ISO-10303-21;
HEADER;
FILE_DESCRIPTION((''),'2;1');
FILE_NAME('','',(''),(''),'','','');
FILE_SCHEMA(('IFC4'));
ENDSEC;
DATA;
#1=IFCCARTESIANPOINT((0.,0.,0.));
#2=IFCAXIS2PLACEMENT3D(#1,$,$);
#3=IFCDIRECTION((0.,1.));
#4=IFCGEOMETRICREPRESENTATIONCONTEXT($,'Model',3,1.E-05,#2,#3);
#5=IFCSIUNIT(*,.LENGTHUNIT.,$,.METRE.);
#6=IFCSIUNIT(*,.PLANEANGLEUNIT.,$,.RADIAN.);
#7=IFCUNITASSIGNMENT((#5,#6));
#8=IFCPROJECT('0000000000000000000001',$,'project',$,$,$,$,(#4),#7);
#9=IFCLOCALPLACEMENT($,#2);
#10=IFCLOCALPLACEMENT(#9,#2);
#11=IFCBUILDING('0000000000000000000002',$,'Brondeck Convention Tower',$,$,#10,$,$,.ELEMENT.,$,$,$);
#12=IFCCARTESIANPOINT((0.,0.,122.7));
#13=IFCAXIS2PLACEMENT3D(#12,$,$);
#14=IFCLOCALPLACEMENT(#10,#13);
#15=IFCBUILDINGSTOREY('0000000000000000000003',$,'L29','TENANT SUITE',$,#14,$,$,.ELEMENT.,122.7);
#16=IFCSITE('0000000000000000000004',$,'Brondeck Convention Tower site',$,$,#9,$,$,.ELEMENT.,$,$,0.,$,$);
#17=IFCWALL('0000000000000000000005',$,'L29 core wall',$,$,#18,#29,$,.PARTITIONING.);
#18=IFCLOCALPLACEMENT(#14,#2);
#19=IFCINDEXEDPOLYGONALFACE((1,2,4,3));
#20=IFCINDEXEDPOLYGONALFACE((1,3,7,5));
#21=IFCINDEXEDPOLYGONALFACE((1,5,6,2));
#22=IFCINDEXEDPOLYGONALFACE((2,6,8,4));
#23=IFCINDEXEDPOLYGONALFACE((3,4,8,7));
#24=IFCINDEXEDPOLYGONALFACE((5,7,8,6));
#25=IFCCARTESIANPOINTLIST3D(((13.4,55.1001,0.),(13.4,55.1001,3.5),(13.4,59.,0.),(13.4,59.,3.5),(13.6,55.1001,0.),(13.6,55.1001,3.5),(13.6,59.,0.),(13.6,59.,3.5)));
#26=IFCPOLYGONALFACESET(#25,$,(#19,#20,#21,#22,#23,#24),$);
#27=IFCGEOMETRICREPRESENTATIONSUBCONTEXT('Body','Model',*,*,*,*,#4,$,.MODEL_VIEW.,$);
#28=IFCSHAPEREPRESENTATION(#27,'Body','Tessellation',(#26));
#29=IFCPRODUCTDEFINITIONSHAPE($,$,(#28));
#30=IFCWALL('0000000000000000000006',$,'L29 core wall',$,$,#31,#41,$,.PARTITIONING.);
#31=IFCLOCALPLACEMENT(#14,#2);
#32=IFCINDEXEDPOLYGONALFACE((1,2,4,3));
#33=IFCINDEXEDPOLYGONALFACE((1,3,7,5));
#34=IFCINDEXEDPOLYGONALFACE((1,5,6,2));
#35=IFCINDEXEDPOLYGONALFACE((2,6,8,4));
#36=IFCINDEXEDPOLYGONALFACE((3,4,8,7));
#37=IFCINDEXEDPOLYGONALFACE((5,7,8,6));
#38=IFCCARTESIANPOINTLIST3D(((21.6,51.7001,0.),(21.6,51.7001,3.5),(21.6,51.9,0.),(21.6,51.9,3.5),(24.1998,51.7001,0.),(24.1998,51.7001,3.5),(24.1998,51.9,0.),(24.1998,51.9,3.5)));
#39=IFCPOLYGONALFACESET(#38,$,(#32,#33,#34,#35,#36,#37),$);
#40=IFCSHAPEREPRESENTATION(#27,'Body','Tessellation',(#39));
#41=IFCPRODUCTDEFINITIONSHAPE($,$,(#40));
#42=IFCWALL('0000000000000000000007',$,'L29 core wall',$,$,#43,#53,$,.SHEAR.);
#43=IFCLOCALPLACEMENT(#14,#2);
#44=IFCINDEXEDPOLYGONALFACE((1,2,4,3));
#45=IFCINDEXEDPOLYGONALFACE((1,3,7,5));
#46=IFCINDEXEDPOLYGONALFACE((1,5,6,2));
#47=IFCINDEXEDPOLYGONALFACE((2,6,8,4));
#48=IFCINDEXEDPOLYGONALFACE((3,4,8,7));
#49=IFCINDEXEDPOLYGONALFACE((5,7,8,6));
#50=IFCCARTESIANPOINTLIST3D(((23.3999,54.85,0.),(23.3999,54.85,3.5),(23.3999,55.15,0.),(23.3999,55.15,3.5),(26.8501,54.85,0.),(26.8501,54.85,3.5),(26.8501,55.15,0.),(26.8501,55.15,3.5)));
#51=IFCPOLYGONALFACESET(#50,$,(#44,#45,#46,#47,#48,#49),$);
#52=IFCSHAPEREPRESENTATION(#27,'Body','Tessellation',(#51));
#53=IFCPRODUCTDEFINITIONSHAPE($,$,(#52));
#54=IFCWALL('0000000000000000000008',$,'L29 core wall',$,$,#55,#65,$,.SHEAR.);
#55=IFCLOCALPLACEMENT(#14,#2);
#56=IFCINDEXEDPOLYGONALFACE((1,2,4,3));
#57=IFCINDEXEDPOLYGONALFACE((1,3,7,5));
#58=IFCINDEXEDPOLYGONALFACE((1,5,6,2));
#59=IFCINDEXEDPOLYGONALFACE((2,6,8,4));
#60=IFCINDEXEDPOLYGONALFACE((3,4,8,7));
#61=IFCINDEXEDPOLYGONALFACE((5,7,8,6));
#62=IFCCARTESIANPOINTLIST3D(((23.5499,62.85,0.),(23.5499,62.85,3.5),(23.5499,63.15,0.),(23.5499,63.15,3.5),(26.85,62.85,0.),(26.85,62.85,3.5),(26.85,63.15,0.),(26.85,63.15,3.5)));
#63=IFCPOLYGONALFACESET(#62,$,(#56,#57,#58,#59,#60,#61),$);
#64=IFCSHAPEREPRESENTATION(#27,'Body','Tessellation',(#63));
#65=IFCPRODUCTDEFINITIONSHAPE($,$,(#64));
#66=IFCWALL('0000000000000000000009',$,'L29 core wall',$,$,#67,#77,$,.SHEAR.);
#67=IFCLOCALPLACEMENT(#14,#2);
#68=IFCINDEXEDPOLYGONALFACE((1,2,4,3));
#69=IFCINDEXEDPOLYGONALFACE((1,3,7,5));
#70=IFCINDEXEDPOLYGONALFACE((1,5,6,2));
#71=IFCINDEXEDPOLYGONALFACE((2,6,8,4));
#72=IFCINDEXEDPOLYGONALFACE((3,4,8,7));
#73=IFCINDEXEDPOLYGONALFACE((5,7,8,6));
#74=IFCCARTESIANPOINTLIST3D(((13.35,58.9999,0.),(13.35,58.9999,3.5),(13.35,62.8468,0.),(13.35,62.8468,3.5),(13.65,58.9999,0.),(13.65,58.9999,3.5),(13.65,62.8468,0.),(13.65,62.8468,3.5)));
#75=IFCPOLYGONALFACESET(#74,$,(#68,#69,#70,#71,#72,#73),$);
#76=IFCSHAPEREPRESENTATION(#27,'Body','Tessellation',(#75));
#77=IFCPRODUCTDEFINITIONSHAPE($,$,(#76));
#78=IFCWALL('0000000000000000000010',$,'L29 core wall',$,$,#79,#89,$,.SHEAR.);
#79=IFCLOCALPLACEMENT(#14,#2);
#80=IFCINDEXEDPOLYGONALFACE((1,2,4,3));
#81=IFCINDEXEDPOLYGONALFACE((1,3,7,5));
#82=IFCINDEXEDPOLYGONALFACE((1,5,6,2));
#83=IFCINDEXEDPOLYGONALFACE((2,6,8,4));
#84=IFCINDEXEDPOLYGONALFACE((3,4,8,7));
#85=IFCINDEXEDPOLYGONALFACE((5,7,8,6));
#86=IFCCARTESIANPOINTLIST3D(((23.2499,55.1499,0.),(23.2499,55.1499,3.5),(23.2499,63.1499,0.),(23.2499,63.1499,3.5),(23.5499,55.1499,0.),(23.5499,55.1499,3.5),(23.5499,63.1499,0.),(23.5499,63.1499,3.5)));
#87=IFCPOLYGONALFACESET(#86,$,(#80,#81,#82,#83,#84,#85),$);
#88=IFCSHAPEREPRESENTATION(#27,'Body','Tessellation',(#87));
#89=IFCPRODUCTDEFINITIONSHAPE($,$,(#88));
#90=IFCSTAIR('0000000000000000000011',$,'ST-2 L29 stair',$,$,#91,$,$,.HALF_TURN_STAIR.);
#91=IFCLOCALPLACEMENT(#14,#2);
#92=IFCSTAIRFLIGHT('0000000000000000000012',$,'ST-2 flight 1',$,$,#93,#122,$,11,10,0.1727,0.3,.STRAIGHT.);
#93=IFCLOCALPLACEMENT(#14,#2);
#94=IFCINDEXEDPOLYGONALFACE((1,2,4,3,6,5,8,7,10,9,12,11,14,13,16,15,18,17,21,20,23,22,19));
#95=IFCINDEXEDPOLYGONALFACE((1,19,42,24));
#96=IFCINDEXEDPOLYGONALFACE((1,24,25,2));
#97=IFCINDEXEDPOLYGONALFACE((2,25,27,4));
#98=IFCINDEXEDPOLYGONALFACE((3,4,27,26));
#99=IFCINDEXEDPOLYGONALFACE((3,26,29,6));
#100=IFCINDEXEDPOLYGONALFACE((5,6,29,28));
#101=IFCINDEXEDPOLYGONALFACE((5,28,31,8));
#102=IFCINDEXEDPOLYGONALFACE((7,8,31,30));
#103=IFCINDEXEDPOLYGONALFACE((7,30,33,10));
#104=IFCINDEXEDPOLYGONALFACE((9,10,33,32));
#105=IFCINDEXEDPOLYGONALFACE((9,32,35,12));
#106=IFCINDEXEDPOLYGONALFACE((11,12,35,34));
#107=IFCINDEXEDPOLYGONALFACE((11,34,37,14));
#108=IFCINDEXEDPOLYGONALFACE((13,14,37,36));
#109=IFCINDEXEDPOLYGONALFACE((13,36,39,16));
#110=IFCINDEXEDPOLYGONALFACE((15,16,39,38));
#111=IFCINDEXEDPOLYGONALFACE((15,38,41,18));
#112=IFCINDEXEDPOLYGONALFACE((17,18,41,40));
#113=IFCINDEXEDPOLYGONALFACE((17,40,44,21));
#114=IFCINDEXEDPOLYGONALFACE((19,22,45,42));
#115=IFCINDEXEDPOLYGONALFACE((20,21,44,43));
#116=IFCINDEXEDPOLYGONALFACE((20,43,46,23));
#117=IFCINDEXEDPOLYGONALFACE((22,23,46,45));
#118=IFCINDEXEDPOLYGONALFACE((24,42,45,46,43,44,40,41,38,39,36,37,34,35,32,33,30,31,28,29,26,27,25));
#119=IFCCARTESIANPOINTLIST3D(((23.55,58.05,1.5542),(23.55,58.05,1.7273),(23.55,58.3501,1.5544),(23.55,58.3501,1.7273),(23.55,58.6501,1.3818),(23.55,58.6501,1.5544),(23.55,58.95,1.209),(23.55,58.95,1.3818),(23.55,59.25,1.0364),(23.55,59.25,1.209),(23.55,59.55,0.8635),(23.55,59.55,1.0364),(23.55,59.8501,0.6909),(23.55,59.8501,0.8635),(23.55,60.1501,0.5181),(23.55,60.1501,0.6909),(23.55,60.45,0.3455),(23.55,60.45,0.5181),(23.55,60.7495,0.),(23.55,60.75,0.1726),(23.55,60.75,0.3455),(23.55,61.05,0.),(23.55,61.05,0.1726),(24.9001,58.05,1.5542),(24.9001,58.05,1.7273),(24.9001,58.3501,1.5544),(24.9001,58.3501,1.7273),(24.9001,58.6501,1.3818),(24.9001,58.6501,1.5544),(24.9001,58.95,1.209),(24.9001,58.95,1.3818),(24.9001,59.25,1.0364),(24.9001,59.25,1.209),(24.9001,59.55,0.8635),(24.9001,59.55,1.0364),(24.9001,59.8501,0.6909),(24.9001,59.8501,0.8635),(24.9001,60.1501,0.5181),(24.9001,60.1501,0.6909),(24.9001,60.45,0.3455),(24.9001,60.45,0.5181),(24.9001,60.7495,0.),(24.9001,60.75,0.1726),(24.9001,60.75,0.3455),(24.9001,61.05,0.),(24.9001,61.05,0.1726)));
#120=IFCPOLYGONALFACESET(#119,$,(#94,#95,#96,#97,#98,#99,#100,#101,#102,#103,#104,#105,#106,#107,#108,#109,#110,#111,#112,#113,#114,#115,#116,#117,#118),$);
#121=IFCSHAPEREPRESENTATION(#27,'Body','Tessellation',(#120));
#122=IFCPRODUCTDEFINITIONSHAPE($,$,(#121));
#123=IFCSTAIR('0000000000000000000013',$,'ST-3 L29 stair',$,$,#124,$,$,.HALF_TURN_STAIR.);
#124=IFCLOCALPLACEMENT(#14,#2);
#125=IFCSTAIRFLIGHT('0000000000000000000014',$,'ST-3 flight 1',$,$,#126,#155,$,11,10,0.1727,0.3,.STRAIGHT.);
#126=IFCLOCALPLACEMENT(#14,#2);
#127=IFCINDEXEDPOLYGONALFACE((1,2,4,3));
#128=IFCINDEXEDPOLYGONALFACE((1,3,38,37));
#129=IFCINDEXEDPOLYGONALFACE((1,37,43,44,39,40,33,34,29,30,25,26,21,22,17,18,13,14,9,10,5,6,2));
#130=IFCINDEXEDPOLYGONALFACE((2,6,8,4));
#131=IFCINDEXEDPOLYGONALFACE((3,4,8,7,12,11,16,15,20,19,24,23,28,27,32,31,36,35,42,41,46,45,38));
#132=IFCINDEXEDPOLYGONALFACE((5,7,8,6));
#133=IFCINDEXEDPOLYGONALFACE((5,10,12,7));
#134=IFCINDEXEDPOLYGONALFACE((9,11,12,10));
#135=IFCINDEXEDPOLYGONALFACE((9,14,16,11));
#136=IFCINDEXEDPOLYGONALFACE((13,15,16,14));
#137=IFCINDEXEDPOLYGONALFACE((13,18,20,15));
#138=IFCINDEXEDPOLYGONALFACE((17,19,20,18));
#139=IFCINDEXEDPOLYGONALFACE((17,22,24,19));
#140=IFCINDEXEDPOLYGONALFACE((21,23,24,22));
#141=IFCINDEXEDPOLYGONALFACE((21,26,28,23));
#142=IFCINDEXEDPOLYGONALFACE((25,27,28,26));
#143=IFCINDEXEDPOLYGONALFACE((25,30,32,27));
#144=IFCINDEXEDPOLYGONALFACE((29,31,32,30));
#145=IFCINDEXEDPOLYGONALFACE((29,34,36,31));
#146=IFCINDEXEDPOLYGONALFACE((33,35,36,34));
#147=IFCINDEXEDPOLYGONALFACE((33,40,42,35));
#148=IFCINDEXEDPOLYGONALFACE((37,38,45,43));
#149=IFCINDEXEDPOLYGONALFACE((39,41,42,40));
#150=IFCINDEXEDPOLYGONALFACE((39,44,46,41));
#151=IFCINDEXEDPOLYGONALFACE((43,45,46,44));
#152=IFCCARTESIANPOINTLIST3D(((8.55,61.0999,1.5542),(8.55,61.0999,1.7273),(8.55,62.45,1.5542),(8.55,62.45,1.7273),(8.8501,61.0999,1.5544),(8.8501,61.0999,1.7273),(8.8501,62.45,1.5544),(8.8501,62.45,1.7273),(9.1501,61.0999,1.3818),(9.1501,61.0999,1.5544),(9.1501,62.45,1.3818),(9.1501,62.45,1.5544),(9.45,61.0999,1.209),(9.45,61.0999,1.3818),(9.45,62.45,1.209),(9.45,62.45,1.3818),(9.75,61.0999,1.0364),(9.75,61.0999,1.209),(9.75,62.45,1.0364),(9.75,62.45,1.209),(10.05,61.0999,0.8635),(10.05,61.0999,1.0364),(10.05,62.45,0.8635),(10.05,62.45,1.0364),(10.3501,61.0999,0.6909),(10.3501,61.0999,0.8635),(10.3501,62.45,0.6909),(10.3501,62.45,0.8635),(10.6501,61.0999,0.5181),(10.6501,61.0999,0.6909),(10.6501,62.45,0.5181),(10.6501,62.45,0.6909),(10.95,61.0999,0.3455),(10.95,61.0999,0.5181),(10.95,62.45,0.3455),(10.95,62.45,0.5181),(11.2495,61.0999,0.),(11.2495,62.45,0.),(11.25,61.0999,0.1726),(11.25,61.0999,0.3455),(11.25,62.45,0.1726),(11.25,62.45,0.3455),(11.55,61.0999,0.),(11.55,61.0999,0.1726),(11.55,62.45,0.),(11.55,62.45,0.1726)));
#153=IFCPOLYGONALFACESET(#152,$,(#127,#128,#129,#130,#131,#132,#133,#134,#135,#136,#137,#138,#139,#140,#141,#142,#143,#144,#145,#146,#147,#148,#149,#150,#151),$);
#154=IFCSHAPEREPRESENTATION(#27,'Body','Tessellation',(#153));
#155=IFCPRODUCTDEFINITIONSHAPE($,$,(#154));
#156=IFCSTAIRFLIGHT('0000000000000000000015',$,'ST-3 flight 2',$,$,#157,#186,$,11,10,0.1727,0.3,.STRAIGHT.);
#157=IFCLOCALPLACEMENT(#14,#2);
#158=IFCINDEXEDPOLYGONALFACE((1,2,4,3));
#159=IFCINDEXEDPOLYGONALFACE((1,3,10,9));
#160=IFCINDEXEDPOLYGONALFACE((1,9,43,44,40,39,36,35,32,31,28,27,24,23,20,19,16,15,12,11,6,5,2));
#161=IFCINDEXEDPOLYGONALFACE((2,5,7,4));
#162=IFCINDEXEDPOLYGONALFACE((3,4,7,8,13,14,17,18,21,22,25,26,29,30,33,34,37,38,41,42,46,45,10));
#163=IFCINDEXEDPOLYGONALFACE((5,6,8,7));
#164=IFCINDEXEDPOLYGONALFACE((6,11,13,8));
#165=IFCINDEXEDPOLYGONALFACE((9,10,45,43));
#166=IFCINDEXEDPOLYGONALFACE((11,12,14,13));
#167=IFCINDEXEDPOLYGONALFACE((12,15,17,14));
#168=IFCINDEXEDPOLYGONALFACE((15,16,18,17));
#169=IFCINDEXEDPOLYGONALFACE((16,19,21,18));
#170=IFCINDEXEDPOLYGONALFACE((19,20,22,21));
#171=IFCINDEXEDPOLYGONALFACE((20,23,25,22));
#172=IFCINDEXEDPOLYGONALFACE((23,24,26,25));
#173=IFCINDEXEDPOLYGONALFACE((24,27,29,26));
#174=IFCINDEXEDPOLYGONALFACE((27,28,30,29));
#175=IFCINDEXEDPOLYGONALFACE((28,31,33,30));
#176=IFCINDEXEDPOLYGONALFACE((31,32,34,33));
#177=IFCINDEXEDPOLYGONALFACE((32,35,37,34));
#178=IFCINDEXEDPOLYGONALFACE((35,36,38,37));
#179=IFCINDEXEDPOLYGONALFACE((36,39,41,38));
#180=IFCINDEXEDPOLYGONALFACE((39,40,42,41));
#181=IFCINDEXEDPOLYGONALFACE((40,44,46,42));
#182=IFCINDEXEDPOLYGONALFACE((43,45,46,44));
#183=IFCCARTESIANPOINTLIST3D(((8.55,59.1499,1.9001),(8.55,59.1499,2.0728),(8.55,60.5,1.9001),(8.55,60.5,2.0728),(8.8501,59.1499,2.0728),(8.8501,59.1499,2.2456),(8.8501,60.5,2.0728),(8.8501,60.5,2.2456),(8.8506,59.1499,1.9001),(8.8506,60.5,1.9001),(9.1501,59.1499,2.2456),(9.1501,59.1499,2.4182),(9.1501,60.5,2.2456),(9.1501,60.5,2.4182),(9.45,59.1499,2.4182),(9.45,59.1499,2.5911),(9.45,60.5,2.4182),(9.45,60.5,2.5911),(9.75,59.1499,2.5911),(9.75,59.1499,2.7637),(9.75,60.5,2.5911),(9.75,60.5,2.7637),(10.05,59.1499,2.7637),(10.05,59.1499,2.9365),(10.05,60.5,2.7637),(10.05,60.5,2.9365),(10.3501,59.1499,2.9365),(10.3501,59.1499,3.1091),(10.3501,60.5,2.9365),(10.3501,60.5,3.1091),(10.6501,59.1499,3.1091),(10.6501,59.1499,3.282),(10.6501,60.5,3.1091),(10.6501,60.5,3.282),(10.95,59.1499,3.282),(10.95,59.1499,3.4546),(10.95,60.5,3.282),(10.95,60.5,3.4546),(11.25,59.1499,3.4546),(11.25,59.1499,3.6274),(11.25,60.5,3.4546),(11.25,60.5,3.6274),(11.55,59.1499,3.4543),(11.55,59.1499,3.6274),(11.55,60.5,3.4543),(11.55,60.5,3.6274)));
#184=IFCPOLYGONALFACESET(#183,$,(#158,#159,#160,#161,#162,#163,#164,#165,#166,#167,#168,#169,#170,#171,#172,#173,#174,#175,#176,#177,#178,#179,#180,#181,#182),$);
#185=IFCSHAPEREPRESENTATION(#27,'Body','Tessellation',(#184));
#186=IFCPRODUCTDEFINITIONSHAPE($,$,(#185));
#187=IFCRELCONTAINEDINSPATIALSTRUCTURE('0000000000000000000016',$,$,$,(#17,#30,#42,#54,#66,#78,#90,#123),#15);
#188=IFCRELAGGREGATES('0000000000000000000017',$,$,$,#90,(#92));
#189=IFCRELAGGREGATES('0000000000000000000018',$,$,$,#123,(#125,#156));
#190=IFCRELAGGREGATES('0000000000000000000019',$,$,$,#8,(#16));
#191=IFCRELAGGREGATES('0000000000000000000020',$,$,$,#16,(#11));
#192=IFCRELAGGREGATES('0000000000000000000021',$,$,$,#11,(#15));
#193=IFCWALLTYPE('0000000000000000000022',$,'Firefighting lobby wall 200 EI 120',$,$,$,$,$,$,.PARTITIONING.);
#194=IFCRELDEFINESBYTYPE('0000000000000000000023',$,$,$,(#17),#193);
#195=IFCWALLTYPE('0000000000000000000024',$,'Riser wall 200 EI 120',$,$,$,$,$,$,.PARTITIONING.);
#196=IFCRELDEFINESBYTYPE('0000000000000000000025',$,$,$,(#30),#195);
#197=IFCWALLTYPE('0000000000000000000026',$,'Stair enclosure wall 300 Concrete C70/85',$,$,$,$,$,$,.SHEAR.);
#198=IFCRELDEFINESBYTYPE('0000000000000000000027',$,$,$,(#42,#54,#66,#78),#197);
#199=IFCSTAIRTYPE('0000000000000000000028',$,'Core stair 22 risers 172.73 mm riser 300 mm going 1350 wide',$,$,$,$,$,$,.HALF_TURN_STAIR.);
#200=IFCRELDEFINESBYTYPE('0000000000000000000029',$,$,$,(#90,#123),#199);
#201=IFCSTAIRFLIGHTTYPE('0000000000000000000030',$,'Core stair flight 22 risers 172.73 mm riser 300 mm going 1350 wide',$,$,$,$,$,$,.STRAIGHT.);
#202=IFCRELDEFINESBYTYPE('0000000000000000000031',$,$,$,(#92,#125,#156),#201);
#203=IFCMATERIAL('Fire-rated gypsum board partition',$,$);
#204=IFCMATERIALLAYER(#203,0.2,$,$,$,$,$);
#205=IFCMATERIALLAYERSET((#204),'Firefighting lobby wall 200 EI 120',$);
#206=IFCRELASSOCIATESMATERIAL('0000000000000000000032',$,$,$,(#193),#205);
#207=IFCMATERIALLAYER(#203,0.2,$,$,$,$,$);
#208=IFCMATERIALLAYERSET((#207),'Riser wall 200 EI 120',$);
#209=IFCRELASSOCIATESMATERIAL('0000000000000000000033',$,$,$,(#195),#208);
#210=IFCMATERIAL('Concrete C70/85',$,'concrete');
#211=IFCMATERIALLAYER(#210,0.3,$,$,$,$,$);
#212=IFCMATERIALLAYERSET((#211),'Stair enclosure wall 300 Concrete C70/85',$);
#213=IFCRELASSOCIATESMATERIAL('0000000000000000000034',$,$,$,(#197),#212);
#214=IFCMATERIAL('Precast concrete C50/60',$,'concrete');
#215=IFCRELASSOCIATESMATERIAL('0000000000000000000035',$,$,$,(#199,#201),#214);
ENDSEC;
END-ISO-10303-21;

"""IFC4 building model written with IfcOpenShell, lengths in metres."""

from ifc_helpers import new_model, si_unit, direction, frame, frame_2d, origin, place, context, subcontext, project, spatial, polyline, rectangle, outline, extrude, material, layer, layer_set, type_object, element, aggregate, save


model = new_model("IFC4")

# Units and contexts
model_context = context("Model", 3, precision=1e-05, world=origin(), true_north=direction((0.0, 1.0)))
body_context = subcontext(model_context, "Body", "Model", "MODEL_VIEW")
ifc_project = project(units=[si_unit("LENGTHUNIT", "METRE"), si_unit("PLANEANGLEUNIT", "RADIAN")], contexts=[model_context])

# Site, building, storey
site_placement = place(None, origin())
site = spatial("IfcSite", under=ifc_project, at=site_placement, Name="Brondeck Convention Tower site", CompositionType="ELEMENT", RefElevation=0.0)
building_placement = place(site_placement, origin())
building = spatial("IfcBuilding", under=site, at=building_placement, Name="Brondeck Convention Tower", CompositionType="ELEMENT")
storey_placement = place(building_placement, frame((0.0, 0.0, 122.7)))
storey = spatial("IfcBuildingStorey", under=building, at=storey_placement, Name="L29", Description="TENANT SUITE", CompositionType="ELEMENT", Elevation=122.7)

# Shared definitions
ifc_material_1 = material(Name="Concrete C70/85", Category="concrete")

# Shared definitions
ifc_material_2 = material(Name="Fire-rated gypsum board partition")

# Shared definitions
ifc_layer_1 = layer(ifc_material_2, 0.2)
ifc_layer_set_1 = layer_set([ifc_layer_1], Name="Firefighting lobby wall 200 EI 120")
wall_type_1 = type_object("IfcWallType", Name="Firefighting lobby wall 200 EI 120", PredefinedType="PARTITIONING", material=ifc_layer_set_1)

# Walls
wall_1_placement = place(storey_placement, frame((13.5, 55.1001, 0.0), z_axis=(0.0, 0.0, 1.0), x_axis=(0.0, 1.0, 0.0)))
element("IfcWall", 1, at=wall_1_placement, inside=storey, type_object=wall_type_1, Name="L29 core wall", PredefinedType="PARTITIONING", context=body_context, shape_type="SweptSolid", body=[
    extrude(rectangle(XDim=3.8999, YDim=0.2, at=frame_2d((1.95, 0.0))), origin(), (0.0, 0.0, 1.0), 3.5),
])
ifc_layer_2 = layer(ifc_material_2, 0.2)
ifc_layer_set_2 = layer_set([ifc_layer_2], Name="Riser wall 200 EI 120")
wall_type_2 = type_object("IfcWallType", Name="Riser wall 200 EI 120", PredefinedType="PARTITIONING", material=ifc_layer_set_2)
wall_2_placement = place(storey_placement, frame((21.6001, 51.8, 0.0), z_axis=(0.0, 0.0, 1.0), x_axis=(1.0, 0.0, 0.0)))
element("IfcWall", 2, at=wall_2_placement, inside=storey, type_object=wall_type_2, Name="L29 core wall", PredefinedType="PARTITIONING", context=body_context, shape_type="SweptSolid", body=[
    extrude(rectangle(XDim=2.5999, YDim=0.2, at=frame_2d((1.2998, 0.0))), origin(), (0.0, 0.0, 1.0), 3.5),
])
ifc_layer_3 = layer(ifc_material_1, 0.3)
ifc_layer_set_3 = layer_set([ifc_layer_3], Name="Stair enclosure wall 300 Concrete C70/85")
wall_type_3 = type_object("IfcWallType", Name="Stair enclosure wall 300 Concrete C70/85", PredefinedType="SHEAR", material=ifc_layer_set_3)
wall_3_placement = place(storey_placement, frame((23.3999, 55.0, 0.0), z_axis=(0.0, 0.0, 1.0), x_axis=(1.0, 0.0, 0.0)))
element("IfcWall", 3, at=wall_3_placement, inside=storey, type_object=wall_type_3, Name="L29 core wall", PredefinedType="SHEAR", context=body_context, shape_type="SweptSolid", body=[
    extrude(rectangle(XDim=3.4502, YDim=0.3, at=frame_2d((1.7251, 0.0))), origin(), (0.0, 0.0, 1.0), 3.5),
])
wall_4_placement = place(storey_placement, frame((23.55, 63.0, 0.0), z_axis=(0.0, 0.0, 1.0), x_axis=(1.0, 0.0, 0.0)))
element("IfcWall", 4, at=wall_4_placement, inside=storey, type_object=wall_type_3, Name="L29 core wall", PredefinedType="SHEAR", context=body_context, shape_type="SweptSolid", body=[
    extrude(rectangle(XDim=3.3, YDim=0.3, at=frame_2d((1.6499, 0.0))), origin(), (0.0, 0.0, 1.0), 3.5),
])
wall_5_placement = place(storey_placement, frame((13.5, 59.0, 0.0), z_axis=(0.0, 0.0, 1.0), x_axis=(0.0, 1.0, 0.0)))
element("IfcWall", 5, at=wall_5_placement, inside=storey, type_object=wall_type_3, Name="L29 core wall", PredefinedType="SHEAR", context=body_context, shape_type="SweptSolid", body=[
    extrude(rectangle(XDim=3.8469, YDim=0.3, at=frame_2d((1.9233, 0.0))), origin(), (0.0, 0.0, 1.0), 3.5),
])
wall_6_placement = place(storey_placement, frame((23.3999, 55.1499, 0.0), z_axis=(0.0, 0.0, 1.0), x_axis=(0.0, 1.0, 0.0)))
element("IfcWall", 6, at=wall_6_placement, inside=storey, type_object=wall_type_3, Name="L29 core wall", PredefinedType="SHEAR", context=body_context, shape_type="SweptSolid", body=[
    extrude(rectangle(XDim=8.0, YDim=0.3, at=frame_2d((4.0, 0.0))), origin(), (0.0, 0.0, 1.0), 3.5),
])

# Stair, stair flight
ifc_material_3 = material(Name="Precast concrete C50/60", Category="concrete")
stair_type = type_object("IfcStairType", Name="Core stair 22 risers 172.73 mm riser 300 mm going 1350 wide", PredefinedType="HALF_TURN_STAIR", material=ifc_material_3)
stair_1_placement = place(storey_placement, origin())
stair_1 = element("IfcStair", 7, at=stair_1_placement, inside=storey, type_object=stair_type, Name="ST-2 L29 stair", PredefinedType="HALF_TURN_STAIR")
stair_flight_type = type_object("IfcStairFlightType", Name="Core stair flight 22 risers 172.73 mm riser 300 mm going 1350 wide", PredefinedType="STRAIGHT", material=ifc_material_3)
stair_flight_1_placement = place(storey_placement, frame((24.2251, 61.05, 0.0), z_axis=(0.0, 0.0, 1.0), x_axis=(0.0, -1.0, 0.0)))
stair_flight_1 = element("IfcStairFlight", 8, at=stair_flight_1_placement, type_object=stair_flight_type, Name="ST-2 flight 1", NumberOfRisers=11, NumberOfTreads=10, PredefinedType="STRAIGHT", RiserHeight=0.1727, TreadLength=0.3, context=body_context, shape_type="SweptSolid", body=[
    extrude(outline(polyline([(0.0, 0.0), (0.0, 0.1726), (0.3, 0.1726), (0.3, 0.3455), (0.6001, 0.3455), (0.6001, 0.5181), (0.8999, 0.5181), (0.8999, 0.6909), (1.2, 0.6909), (1.2, 0.8635), (1.5, 0.8635), (1.5, 1.0364), (1.8, 1.0364), (1.8, 1.209), (2.1001, 1.209), (2.1001, 1.3818), (2.3999, 1.3818), (2.3999, 1.5544), (2.7, 1.5544), (2.7, 1.7273), (3.0, 1.7273), (3.0, 1.8999), (3.0, 1.5542), (0.3005, 0.0), (0.0, 0.0)])), frame((0.0, 0.675, 0.0), z_axis=(0.0, -1.0, 0.0), x_axis=(1.0, 0.0, 0.0)), (0.0, 0.0, 1.0), 1.3501),
])
aggregate(stair_1, [stair_flight_1])

# Stair, stair flights
stair_2_placement = place(storey_placement, origin())
stair_2 = element("IfcStair", 9, at=stair_2_placement, inside=storey, type_object=stair_type, Name="ST-3 L29 stair", PredefinedType="HALF_TURN_STAIR")
stair_flight_2_placement = place(storey_placement, frame((11.55, 61.7749, 0.0), z_axis=(0.0, 0.0, 1.0), x_axis=(-1.0, 0.0, 0.0)))
stair_flight_2 = element("IfcStairFlight", 10, at=stair_flight_2_placement, type_object=stair_flight_type, Name="ST-3 flight 1", NumberOfRisers=11, NumberOfTreads=10, PredefinedType="STRAIGHT", RiserHeight=0.1727, TreadLength=0.3, context=body_context, shape_type="SweptSolid", body=[
    extrude(outline(polyline([(0.0, 0.0), (0.0, 0.1726), (0.3, 0.1726), (0.3, 0.3455), (0.6001, 0.3455), (0.6001, 0.5181), (0.8999, 0.5181), (0.8999, 0.6909), (1.2, 0.6909), (1.2, 0.8635), (1.5, 0.8635), (1.5, 1.0364), (1.8, 1.0364), (1.8, 1.209), (2.1001, 1.209), (2.1001, 1.3818), (2.3999, 1.3818), (2.3999, 1.5544), (2.7, 1.5544), (2.7, 1.7273), (3.0, 1.7273), (3.0, 1.8999), (3.0, 1.5542), (0.3005, 0.0), (0.0, 0.0)])), frame((0.0, 0.675, 0.0), z_axis=(0.0, -1.0, 0.0), x_axis=(1.0, 0.0, 0.0)), (0.0, 0.0, 1.0), 1.3501),
])
stair_flight_3_placement = place(storey_placement, frame((8.55, 59.825, 1.9001), z_axis=(0.0, 0.0, 1.0), x_axis=(1.0, 0.0, 0.0)))
stair_flight_3 = element("IfcStairFlight", 11, at=stair_flight_3_placement, type_object=stair_flight_type, Name="ST-3 flight 2", NumberOfRisers=11, NumberOfTreads=10, PredefinedType="STRAIGHT", RiserHeight=0.1727, TreadLength=0.3, context=body_context, shape_type="SweptSolid", body=[
    extrude(outline(polyline([(0.0, 0.0), (0.0, 0.1726), (0.3, 0.1726), (0.3, 0.3455), (0.6001, 0.3455), (0.6001, 0.5181), (0.8999, 0.5181), (0.8999, 0.6909), (1.2, 0.6909), (1.2, 0.8635), (1.5, 0.8635), (1.5, 1.0364), (1.8, 1.0364), (1.8, 1.209), (2.1001, 1.209), (2.1001, 1.3818), (2.3999, 1.3818), (2.3999, 1.5544), (2.7, 1.5544), (2.7, 1.7273), (3.0, 1.7273), (3.0, 1.8999), (3.0, 1.5542), (0.3005, 0.0), (0.0, 0.0)])), frame((0.0, 0.675, 0.0), z_axis=(0.0, -1.0, 0.0), x_axis=(1.0, 0.0, 0.0)), (0.0, 0.0, 1.0), 1.3501),
])
aggregate(stair_2, [stair_flight_2, stair_flight_3])

save(model, "model.ifc")
